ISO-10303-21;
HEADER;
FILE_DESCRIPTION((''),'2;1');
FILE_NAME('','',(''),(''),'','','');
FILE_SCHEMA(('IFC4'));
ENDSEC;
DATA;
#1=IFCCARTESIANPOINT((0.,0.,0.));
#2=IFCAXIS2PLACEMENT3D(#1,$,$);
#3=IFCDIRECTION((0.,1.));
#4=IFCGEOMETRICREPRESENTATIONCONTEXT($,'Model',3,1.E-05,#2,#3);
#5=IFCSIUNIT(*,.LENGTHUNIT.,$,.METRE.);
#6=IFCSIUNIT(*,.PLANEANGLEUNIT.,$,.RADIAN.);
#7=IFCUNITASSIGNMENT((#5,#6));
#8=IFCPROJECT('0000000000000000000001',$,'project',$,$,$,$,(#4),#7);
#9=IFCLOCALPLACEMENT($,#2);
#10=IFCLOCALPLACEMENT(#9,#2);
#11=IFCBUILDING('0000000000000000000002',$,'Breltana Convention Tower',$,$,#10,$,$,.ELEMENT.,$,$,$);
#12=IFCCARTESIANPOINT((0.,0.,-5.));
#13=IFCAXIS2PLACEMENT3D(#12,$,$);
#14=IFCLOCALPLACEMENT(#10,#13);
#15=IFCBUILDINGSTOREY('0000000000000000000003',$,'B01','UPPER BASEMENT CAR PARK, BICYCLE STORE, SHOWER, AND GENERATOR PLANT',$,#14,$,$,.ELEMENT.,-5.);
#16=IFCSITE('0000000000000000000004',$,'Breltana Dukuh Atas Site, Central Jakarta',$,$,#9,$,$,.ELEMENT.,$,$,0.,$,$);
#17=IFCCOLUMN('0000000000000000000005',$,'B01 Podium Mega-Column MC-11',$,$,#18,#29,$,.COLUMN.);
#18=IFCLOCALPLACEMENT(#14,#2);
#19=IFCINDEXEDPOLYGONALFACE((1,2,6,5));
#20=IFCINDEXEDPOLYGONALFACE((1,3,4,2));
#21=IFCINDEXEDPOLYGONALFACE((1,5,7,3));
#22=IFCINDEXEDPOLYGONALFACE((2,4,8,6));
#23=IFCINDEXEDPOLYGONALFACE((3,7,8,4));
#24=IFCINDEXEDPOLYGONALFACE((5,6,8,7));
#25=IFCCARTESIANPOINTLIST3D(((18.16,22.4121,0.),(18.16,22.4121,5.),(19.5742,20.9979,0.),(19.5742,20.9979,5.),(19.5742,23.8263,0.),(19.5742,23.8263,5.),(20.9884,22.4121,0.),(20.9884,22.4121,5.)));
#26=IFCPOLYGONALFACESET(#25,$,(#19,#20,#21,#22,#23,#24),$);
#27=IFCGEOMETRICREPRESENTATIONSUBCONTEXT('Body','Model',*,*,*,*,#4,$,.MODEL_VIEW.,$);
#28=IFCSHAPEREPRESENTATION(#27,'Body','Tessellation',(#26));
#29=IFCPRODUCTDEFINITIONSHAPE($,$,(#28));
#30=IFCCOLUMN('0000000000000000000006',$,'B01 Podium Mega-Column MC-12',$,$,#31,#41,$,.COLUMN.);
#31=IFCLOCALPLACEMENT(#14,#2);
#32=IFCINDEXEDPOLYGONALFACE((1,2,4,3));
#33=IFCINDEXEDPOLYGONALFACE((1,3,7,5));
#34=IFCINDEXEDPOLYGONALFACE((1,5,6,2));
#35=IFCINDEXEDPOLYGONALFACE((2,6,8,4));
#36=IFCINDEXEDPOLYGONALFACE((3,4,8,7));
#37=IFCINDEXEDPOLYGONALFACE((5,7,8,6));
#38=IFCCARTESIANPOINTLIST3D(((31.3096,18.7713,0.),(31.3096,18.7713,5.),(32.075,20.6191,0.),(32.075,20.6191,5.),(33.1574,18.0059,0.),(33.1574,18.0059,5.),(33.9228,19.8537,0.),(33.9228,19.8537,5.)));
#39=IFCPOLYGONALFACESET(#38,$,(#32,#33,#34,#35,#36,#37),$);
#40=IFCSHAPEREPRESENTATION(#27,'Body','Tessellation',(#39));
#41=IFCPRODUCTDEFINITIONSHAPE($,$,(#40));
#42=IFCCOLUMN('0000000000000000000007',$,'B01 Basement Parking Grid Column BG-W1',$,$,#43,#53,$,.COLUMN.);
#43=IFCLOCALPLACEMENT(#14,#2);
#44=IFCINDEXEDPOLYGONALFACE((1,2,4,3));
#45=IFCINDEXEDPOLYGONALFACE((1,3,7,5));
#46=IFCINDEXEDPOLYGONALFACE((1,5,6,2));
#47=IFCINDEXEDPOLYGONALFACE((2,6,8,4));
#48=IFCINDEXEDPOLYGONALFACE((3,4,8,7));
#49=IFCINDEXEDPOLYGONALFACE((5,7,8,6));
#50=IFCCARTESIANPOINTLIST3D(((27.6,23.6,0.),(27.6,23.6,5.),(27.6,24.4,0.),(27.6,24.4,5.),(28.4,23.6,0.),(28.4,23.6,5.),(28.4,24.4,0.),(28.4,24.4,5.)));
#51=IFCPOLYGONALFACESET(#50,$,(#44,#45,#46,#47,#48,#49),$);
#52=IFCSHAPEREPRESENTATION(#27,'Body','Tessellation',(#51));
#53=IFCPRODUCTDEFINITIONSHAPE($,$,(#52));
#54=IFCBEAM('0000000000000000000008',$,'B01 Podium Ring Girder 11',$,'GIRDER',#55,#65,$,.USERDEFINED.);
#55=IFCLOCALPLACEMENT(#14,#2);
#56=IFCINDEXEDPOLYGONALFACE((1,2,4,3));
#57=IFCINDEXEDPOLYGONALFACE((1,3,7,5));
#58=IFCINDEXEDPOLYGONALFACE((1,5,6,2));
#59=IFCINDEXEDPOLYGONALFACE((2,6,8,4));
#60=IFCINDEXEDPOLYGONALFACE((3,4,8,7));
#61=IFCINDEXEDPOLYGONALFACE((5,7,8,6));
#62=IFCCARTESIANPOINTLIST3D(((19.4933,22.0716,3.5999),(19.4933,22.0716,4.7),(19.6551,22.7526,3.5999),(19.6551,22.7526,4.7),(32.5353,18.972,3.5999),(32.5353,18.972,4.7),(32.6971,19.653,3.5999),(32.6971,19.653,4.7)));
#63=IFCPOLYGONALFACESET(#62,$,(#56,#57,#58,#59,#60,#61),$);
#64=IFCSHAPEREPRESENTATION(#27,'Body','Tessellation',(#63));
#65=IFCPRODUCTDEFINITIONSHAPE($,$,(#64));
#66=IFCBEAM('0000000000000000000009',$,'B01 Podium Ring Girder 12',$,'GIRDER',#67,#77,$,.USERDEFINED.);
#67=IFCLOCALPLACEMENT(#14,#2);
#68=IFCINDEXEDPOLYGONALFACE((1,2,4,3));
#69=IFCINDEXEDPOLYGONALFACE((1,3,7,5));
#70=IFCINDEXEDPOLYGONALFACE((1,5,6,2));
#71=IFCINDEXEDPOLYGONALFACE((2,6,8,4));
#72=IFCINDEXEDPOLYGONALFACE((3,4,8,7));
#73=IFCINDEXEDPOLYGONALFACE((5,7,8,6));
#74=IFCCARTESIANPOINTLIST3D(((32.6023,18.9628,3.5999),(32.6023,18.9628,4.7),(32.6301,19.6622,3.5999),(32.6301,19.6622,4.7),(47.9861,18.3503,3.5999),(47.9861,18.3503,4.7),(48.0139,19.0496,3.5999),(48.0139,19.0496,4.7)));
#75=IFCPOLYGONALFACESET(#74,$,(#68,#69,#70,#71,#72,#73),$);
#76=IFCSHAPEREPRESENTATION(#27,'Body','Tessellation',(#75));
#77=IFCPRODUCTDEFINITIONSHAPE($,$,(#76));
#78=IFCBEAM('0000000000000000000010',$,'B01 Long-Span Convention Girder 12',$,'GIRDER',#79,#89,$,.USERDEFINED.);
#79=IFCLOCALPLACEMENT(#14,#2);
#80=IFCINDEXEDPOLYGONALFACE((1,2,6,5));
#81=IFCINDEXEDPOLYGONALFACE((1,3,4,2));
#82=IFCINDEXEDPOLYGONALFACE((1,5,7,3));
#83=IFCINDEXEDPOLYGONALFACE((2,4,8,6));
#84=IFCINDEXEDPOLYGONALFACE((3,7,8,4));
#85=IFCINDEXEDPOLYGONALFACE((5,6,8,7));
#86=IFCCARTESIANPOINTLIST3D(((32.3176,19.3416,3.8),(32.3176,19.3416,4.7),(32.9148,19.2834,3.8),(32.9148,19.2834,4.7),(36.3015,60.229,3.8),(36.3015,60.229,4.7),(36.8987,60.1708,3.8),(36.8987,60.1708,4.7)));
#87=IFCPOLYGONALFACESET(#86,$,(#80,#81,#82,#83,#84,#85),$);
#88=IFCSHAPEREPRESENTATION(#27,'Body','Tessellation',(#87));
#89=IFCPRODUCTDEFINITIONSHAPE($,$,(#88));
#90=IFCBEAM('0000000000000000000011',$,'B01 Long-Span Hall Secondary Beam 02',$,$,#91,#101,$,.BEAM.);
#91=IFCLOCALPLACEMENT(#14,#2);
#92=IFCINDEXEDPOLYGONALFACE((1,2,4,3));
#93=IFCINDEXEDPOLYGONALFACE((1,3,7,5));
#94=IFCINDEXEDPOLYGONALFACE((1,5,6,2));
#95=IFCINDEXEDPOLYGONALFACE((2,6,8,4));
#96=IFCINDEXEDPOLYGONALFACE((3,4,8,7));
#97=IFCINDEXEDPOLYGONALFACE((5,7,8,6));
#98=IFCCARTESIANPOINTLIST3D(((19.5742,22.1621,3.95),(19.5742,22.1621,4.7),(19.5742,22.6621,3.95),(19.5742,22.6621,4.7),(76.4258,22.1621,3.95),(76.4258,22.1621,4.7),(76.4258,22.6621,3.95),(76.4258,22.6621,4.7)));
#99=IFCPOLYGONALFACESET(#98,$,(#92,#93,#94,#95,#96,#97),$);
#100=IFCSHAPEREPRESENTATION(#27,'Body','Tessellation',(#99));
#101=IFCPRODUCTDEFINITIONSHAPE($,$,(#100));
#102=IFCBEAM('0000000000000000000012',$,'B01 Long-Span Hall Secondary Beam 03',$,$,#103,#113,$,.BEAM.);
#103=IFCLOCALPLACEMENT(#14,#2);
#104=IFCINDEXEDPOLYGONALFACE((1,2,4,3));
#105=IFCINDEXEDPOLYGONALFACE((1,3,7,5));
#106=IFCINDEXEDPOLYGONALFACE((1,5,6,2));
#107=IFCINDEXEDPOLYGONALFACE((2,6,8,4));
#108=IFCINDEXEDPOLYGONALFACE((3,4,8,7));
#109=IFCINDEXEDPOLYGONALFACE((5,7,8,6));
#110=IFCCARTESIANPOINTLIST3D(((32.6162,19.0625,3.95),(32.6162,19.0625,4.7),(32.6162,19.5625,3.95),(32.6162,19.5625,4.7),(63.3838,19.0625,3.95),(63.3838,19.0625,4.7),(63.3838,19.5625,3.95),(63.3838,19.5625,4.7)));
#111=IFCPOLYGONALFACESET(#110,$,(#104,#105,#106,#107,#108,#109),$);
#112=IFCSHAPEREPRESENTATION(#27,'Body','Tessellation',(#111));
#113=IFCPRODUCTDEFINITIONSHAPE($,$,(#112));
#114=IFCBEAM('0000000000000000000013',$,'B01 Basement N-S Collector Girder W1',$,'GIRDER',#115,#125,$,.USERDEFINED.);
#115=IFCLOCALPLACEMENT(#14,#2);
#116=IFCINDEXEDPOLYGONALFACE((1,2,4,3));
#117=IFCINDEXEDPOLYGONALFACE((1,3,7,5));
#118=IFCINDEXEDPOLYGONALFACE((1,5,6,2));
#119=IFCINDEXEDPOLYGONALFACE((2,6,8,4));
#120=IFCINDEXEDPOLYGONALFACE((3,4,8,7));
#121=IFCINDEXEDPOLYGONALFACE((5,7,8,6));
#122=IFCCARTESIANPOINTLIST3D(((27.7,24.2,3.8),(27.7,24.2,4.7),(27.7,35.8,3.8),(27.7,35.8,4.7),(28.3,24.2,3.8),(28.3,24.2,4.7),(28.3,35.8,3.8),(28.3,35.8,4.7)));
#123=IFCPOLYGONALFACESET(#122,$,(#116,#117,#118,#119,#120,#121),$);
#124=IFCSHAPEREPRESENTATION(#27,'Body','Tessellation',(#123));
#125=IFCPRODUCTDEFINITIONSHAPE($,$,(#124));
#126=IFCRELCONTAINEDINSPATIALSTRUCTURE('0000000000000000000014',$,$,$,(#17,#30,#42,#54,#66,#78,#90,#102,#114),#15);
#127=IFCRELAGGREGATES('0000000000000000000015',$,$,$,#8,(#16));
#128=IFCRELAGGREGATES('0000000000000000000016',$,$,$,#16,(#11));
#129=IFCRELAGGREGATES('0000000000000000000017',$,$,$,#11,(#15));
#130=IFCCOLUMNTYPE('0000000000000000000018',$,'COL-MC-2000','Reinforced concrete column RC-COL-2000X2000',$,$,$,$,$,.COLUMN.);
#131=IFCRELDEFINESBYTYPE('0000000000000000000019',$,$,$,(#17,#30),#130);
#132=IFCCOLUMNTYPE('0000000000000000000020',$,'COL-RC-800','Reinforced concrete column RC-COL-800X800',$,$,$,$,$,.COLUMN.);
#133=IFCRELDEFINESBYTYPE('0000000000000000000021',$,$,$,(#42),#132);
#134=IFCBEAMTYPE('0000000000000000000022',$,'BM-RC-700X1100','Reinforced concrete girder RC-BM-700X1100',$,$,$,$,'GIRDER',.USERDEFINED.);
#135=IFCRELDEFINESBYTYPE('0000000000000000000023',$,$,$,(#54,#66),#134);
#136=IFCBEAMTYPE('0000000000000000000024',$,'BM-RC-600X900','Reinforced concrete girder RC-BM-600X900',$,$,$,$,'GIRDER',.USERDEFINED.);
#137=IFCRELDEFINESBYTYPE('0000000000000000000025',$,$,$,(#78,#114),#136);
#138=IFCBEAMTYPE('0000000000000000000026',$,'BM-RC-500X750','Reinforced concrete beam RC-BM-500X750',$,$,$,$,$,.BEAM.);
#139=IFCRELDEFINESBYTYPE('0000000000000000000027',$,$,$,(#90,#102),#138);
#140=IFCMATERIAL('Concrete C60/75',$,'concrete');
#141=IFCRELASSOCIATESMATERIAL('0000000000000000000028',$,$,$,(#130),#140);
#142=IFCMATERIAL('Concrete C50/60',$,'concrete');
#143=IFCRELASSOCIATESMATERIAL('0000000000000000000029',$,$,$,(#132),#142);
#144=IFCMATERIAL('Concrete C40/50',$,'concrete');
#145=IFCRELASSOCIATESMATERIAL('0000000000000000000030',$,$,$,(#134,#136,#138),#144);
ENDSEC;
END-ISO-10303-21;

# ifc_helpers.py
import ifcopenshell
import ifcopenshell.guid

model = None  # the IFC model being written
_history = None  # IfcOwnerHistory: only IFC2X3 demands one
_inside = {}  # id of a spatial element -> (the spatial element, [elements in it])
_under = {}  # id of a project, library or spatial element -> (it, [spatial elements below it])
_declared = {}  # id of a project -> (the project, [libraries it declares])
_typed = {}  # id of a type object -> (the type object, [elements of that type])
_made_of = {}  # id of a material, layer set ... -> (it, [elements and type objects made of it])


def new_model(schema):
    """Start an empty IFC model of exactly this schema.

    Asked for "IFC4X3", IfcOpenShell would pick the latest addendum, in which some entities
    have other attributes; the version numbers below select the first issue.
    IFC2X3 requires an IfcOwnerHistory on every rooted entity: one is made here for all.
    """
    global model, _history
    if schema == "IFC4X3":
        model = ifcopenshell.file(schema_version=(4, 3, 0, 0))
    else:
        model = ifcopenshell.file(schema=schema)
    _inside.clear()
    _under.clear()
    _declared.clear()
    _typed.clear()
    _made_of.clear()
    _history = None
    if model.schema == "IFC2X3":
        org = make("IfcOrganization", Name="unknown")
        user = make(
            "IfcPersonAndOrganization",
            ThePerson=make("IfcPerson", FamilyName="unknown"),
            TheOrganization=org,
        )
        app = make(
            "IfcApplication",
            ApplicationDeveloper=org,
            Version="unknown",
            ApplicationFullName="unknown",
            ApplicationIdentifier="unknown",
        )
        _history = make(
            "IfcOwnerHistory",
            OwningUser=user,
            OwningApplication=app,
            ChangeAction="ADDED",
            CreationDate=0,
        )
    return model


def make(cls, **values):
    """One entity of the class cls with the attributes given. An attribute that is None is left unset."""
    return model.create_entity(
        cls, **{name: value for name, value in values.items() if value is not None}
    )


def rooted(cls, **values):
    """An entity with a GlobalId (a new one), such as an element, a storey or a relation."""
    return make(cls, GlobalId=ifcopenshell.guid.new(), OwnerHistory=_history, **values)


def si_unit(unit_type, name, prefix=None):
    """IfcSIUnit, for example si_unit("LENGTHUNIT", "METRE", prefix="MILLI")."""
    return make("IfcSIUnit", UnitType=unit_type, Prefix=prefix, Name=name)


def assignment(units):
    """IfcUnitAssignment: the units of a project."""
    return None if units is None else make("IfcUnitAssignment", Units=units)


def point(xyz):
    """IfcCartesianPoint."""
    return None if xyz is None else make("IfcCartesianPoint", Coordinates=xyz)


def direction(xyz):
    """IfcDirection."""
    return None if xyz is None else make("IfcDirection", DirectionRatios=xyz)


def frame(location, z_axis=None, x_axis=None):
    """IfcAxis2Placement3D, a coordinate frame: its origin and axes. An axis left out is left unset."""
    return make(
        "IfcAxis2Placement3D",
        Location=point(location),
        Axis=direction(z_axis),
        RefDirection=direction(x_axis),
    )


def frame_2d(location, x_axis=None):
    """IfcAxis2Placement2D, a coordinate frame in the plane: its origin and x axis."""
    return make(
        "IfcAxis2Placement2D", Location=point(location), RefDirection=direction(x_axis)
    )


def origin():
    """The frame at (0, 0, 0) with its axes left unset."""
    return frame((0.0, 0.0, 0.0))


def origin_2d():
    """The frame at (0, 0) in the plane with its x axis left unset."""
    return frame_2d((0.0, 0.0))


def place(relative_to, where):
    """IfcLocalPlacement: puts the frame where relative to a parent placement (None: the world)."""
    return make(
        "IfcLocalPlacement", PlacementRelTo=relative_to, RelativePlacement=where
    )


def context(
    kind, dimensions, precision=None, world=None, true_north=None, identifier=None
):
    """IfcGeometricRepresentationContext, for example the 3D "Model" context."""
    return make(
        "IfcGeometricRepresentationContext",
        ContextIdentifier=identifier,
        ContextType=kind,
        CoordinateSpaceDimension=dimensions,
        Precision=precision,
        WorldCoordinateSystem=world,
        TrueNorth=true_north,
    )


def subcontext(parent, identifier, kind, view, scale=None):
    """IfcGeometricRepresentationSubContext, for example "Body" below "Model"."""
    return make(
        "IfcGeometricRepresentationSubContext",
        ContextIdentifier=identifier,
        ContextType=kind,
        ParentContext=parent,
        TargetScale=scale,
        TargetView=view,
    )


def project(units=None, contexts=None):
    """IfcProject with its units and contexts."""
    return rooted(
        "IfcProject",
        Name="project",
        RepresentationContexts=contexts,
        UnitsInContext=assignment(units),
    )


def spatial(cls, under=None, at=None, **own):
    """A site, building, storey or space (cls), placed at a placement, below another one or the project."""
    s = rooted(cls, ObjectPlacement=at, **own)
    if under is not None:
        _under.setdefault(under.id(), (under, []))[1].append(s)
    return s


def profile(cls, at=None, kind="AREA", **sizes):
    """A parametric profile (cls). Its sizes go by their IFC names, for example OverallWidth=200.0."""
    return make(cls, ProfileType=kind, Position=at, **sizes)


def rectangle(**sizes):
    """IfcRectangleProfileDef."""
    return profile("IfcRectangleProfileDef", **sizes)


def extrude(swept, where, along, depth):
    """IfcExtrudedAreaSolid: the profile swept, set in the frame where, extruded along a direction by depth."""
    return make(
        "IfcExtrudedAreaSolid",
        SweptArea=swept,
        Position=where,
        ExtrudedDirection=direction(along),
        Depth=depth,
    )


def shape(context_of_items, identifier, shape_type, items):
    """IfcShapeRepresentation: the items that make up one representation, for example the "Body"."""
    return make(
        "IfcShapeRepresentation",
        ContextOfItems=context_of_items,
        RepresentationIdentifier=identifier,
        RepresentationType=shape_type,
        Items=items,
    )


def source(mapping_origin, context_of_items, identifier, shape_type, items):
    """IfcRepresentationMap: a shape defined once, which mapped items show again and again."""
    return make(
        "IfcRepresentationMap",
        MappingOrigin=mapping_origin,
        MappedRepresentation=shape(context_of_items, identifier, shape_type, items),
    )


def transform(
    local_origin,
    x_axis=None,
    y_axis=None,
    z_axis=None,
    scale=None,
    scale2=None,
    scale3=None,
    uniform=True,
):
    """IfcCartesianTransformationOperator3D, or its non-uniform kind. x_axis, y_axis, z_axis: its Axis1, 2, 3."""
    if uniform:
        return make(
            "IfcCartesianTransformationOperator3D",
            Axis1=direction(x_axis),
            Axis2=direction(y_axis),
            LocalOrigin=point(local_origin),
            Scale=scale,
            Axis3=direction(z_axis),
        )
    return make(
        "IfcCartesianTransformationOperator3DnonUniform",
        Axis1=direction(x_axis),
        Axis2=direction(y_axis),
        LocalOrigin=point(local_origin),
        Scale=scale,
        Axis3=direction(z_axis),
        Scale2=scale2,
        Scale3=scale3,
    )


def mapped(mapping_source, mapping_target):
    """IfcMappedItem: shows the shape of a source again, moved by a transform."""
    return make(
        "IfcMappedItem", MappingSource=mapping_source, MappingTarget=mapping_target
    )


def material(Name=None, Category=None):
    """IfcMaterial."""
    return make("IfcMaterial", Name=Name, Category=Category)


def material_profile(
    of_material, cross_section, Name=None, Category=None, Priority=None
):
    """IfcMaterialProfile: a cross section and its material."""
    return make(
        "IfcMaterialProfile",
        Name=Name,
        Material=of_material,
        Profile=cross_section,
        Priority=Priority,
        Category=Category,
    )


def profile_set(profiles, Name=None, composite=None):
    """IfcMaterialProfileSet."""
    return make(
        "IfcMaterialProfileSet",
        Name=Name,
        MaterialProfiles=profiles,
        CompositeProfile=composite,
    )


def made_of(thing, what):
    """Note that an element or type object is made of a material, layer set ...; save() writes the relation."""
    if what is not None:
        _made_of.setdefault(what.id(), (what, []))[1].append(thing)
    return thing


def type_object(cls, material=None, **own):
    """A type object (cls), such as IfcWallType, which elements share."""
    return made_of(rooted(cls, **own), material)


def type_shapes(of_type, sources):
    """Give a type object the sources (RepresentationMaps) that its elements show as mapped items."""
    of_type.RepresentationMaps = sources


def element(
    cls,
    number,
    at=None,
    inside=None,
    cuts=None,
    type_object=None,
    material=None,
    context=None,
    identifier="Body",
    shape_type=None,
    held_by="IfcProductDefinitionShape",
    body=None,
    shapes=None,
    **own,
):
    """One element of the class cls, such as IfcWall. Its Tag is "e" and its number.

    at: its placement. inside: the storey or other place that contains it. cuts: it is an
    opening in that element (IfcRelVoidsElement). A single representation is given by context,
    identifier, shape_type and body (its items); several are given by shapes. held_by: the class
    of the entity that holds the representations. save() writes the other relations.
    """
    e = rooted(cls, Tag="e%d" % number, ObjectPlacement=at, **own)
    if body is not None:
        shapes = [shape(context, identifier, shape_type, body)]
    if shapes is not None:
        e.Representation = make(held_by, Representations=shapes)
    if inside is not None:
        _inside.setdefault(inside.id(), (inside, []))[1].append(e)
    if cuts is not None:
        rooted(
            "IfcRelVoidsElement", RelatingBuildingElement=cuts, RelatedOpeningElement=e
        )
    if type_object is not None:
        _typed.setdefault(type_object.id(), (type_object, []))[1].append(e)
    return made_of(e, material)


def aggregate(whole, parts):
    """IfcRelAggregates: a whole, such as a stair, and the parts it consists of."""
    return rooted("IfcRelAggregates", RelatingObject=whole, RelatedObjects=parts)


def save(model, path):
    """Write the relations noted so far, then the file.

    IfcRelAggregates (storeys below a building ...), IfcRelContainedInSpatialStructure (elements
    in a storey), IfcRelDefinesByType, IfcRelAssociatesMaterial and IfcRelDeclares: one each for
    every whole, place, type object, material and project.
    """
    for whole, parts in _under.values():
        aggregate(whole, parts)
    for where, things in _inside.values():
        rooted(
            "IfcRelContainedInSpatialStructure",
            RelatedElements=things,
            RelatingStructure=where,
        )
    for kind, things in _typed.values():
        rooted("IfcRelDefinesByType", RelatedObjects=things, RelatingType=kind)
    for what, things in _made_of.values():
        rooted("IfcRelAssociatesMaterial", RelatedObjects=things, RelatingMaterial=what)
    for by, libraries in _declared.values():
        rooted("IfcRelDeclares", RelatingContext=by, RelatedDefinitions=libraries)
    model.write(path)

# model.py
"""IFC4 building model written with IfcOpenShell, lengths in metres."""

from ifc_helpers import new_model, si_unit, direction, frame, origin, origin_2d, place, context, subcontext, project, spatial, rectangle, extrude, source, transform, mapped, material, material_profile, profile_set, type_object, type_shapes, element, save


model = new_model("IFC4")

# Units and contexts
model_context = context("Model", 3, precision=1e-05, world=origin(), true_north=direction((0.0, 1.0)))
body_context = subcontext(model_context, "Body", "Model", "MODEL_VIEW")
ifc_project = project(units=[si_unit("LENGTHUNIT", "METRE"), si_unit("PLANEANGLEUNIT", "RADIAN")], contexts=[model_context])

# Site, building, storey
site_placement = place(None, origin())
site = spatial("IfcSite", under=ifc_project, at=site_placement, Name="Breltana Dukuh Atas Site, Central Jakarta", CompositionType="ELEMENT", RefElevation=0.0)
building_placement = place(site_placement, origin())
building = spatial("IfcBuilding", under=site, at=building_placement, Name="Breltana Convention Tower", CompositionType="ELEMENT")
storey_placement = place(building_placement, frame((0.0, 0.0, -5.0)))
storey = spatial("IfcBuildingStorey", under=building, at=storey_placement, Name="B01", Description="UPPER BASEMENT CAR PARK, BICYCLE STORE, SHOWER, AND GENERATOR PLANT", CompositionType="ELEMENT", Elevation=-5.0)

# Columns
ifc_material_1 = material(Name="Concrete C60/75", Category="concrete")
ifc_material_profile_1 = material_profile(ifc_material_1, rectangle(XDim=2.0, YDim=2.0, at=origin_2d()), Name="RC-COL-2000X2000")
ifc_profile_set_1 = profile_set([ifc_material_profile_1], Name="Concrete C60/75")
column_type_1 = type_object("IfcColumnType", Name="COL-MC-2000", Description="Reinforced concrete column RC-COL-2000X2000", PredefinedType="COLUMN", material=ifc_profile_set_1)
shared_shape_1 = source(origin(), body_context, "Body", "SweptSolid", [
    extrude(rectangle(XDim=2.0, YDim=2.0, at=origin_2d()), origin(), (0.0, 0.0, 1.0), 5.0),
])
type_shapes(column_type_1, [shared_shape_1])
for number, where, z_axis, x_axis, name in (
    (1, (19.5742, 22.4121, 0.0), (0.0, 0.0, 1.0), (-0.707107, -0.707107, 0.0), "B01 Podium Mega-Column MC-11"),
    (2, (32.6162, 19.3125, 0.0), (0.0, 0.0, 1.0), (-0.382683, -0.92388, 0.0), "B01 Podium Mega-Column MC-12"),
):
    element("IfcColumn", number, at=place(storey_placement, frame(where, z_axis=z_axis, x_axis=x_axis)), inside=storey, type_object=column_type_1, Name=name, PredefinedType="COLUMN", context=body_context, shape_type="MappedRepresentation", body=[
        mapped(shared_shape_1, transform((0.0, 0.0, 0.0), scale=1.0)),
    ])
ifc_material_2 = material(Name="Concrete C50/60", Category="concrete")
ifc_material_profile_2 = material_profile(ifc_material_2, rectangle(XDim=0.8, YDim=0.8, at=origin_2d()), Name="RC-COL-800X800")
ifc_profile_set_2 = profile_set([ifc_material_profile_2], Name="Concrete C50/60")
column_type_2 = type_object("IfcColumnType", Name="COL-RC-800", Description="Reinforced concrete column RC-COL-800X800", PredefinedType="COLUMN", material=ifc_profile_set_2)
shared_shape_2 = source(origin(), body_context, "Body", "SweptSolid", [
    extrude(rectangle(XDim=0.8, YDim=0.8, at=origin_2d()), origin(), (0.0, 0.0, 1.0), 5.0),
])
type_shapes(column_type_2, [shared_shape_2])
column_placement = place(storey_placement, frame((28.0, 24.0, 0.0), z_axis=(0.0, 0.0, 1.0), x_axis=(1.0, 0.0, 0.0)))
element("IfcColumn", 3, at=column_placement, inside=storey, type_object=column_type_2, Name="B01 Basement Parking Grid Column BG-W1", PredefinedType="COLUMN", context=body_context, shape_type="MappedRepresentation", body=[
    mapped(shared_shape_2, transform((0.0, 0.0, 0.0), scale=1.0)),
])

# Beams
ifc_material_3 = material(Name="Concrete C40/50", Category="concrete")
ifc_material_profile_3 = material_profile(ifc_material_3, rectangle(XDim=0.7, YDim=1.1001, at=origin_2d()), Name="RC-BM-700X1100")
ifc_profile_set_3 = profile_set([ifc_material_profile_3], Name="Concrete C40/50")
beam_type_1 = type_object("IfcBeamType", Name="BM-RC-700X1100", Description="Reinforced concrete girder RC-BM-700X1100", ElementType="GIRDER", PredefinedType="USERDEFINED", material=ifc_profile_set_3)
shared_shape_3 = source(origin(), body_context, "Body", "SweptSolid", [
    extrude(rectangle(XDim=0.7, YDim=1.1001, at=origin_2d()), origin(), (0.0, 0.0, 1.0), 13.4053),
])
beam_1_placement = place(storey_placement, frame((19.5742, 22.4121, 4.1499), z_axis=(0.972901, -0.231223, 0.0), x_axis=(0.231223, 0.972901, 0.0)))
element("IfcBeam", 4, at=beam_1_placement, inside=storey, type_object=beam_type_1, Name="B01 Podium Ring Girder 11", ObjectType="GIRDER", PredefinedType="USERDEFINED", context=body_context, shape_type="MappedRepresentation", body=[
    mapped(shared_shape_3, transform((0.0, 0.0, 0.0), scale=1.0)),
])
shared_shape_4 = source(origin(), body_context, "Body", "SweptSolid", [
    extrude(rectangle(XDim=0.7, YDim=1.1001, at=origin_2d()), origin(), (0.0, 0.0, 1.0), 15.396),
])
beam_2_placement = place(storey_placement, frame((32.6162, 19.3125, 4.1499), z_axis=(0.999208, -0.039786, 0.0), x_axis=(0.039786, 0.999208, 0.0)))
element("IfcBeam", 5, at=beam_2_placement, inside=storey, type_object=beam_type_1, Name="B01 Podium Ring Girder 12", ObjectType="GIRDER", PredefinedType="USERDEFINED", context=body_context, shape_type="MappedRepresentation", body=[
    mapped(shared_shape_4, transform((0.0, 0.0, 0.0), scale=1.0)),
])
ifc_material_profile_4 = material_profile(ifc_material_3, rectangle(XDim=0.6001, YDim=0.8999, at=origin_2d()), Name="RC-BM-600X900")
ifc_profile_set_4 = profile_set([ifc_material_profile_4], Name="Concrete C40/50")
beam_type_2 = type_object("IfcBeamType", Name="BM-RC-600X900", Description="Reinforced concrete girder RC-BM-600X900", ElementType="GIRDER", PredefinedType="USERDEFINED", material=ifc_profile_set_4)
shared_shape_5 = source(origin(), body_context, "Body", "SweptSolid", [
    extrude(rectangle(XDim=0.6001, YDim=0.8999, at=origin_2d()), origin(), (0.0, 0.0, 1.0), 41.0811),
])
beam_3_placement = place(storey_placement, frame((32.6162, 19.3125, 4.25), z_axis=(0.096976, 0.995287, 0.0), x_axis=(-0.995287, 0.096976, 0.0)))
element("IfcBeam", 6, at=beam_3_placement, inside=storey, type_object=beam_type_2, Name="B01 Long-Span Convention Girder 12", ObjectType="GIRDER", PredefinedType="USERDEFINED", context=body_context, shape_type="MappedRepresentation", body=[
    mapped(shared_shape_5, transform((0.0, 0.0, 0.0), scale=1.0)),
])
ifc_material_profile_5 = material_profile(ifc_material_3, rectangle(XDim=0.5, YDim=0.75, at=origin_2d()), Name="RC-BM-500X750")
ifc_profile_set_5 = profile_set([ifc_material_profile_5], Name="Concrete C40/50")
beam_type_3 = type_object("IfcBeamType", Name="BM-RC-500X750", Description="Reinforced concrete beam RC-BM-500X750", PredefinedType="BEAM", material=ifc_profile_set_5)
shared_shape_6 = source(origin(), body_context, "Body", "SweptSolid", [
    extrude(rectangle(XDim=0.5, YDim=0.75, at=origin_2d()), origin(), (0.0, 0.0, 1.0), 56.8516),
])
beam_4_placement = place(storey_placement, frame((19.5742, 22.4121, 4.325), z_axis=(1.0, 0.0, 0.0), x_axis=(0.0, 1.0, 0.0)))
element("IfcBeam", 7, at=beam_4_placement, inside=storey, type_object=beam_type_3, Name="B01 Long-Span Hall Secondary Beam 02", PredefinedType="BEAM", context=body_context, shape_type="MappedRepresentation", body=[
    mapped(shared_shape_6, transform((0.0, 0.0, 0.0), scale=1.0)),
])
shared_shape_7 = source(origin(), body_context, "Body", "SweptSolid", [
    extrude(rectangle(XDim=0.5, YDim=0.75, at=origin_2d()), origin(), (0.0, 0.0, 1.0), 30.7676),
])
beam_5_placement = place(storey_placement, frame((32.6162, 19.3125, 4.325), z_axis=(1.0, 0.0, 0.0), x_axis=(0.0, 1.0, 0.0)))
element("IfcBeam", 8, at=beam_5_placement, inside=storey, type_object=beam_type_3, Name="B01 Long-Span Hall Secondary Beam 03", PredefinedType="BEAM", context=body_context, shape_type="MappedRepresentation", body=[
    mapped(shared_shape_7, transform((0.0, 0.0, 0.0), scale=1.0)),
])
shared_shape_8 = source(origin(), body_context, "Body", "SweptSolid", [
    extrude(rectangle(XDim=0.6001, YDim=0.8999, at=origin_2d()), origin(), (0.0, 0.0, 1.0), 11.6001),
])
beam_6_placement = place(storey_placement, frame((28.0, 24.2, 4.25), z_axis=(0.0, 1.0, 0.0), x_axis=(-1.0, 0.0, 0.0)))
element("IfcBeam", 9, at=beam_6_placement, inside=storey, type_object=beam_type_2, Name="B01 Basement N-S Collector Girder W1", ObjectType="GIRDER", PredefinedType="USERDEFINED", context=body_context, shape_type="MappedRepresentation", body=[
    mapped(shared_shape_8, transform((0.0, 0.0, 0.0), scale=1.0)),
])

save(model, "model.ifc")
